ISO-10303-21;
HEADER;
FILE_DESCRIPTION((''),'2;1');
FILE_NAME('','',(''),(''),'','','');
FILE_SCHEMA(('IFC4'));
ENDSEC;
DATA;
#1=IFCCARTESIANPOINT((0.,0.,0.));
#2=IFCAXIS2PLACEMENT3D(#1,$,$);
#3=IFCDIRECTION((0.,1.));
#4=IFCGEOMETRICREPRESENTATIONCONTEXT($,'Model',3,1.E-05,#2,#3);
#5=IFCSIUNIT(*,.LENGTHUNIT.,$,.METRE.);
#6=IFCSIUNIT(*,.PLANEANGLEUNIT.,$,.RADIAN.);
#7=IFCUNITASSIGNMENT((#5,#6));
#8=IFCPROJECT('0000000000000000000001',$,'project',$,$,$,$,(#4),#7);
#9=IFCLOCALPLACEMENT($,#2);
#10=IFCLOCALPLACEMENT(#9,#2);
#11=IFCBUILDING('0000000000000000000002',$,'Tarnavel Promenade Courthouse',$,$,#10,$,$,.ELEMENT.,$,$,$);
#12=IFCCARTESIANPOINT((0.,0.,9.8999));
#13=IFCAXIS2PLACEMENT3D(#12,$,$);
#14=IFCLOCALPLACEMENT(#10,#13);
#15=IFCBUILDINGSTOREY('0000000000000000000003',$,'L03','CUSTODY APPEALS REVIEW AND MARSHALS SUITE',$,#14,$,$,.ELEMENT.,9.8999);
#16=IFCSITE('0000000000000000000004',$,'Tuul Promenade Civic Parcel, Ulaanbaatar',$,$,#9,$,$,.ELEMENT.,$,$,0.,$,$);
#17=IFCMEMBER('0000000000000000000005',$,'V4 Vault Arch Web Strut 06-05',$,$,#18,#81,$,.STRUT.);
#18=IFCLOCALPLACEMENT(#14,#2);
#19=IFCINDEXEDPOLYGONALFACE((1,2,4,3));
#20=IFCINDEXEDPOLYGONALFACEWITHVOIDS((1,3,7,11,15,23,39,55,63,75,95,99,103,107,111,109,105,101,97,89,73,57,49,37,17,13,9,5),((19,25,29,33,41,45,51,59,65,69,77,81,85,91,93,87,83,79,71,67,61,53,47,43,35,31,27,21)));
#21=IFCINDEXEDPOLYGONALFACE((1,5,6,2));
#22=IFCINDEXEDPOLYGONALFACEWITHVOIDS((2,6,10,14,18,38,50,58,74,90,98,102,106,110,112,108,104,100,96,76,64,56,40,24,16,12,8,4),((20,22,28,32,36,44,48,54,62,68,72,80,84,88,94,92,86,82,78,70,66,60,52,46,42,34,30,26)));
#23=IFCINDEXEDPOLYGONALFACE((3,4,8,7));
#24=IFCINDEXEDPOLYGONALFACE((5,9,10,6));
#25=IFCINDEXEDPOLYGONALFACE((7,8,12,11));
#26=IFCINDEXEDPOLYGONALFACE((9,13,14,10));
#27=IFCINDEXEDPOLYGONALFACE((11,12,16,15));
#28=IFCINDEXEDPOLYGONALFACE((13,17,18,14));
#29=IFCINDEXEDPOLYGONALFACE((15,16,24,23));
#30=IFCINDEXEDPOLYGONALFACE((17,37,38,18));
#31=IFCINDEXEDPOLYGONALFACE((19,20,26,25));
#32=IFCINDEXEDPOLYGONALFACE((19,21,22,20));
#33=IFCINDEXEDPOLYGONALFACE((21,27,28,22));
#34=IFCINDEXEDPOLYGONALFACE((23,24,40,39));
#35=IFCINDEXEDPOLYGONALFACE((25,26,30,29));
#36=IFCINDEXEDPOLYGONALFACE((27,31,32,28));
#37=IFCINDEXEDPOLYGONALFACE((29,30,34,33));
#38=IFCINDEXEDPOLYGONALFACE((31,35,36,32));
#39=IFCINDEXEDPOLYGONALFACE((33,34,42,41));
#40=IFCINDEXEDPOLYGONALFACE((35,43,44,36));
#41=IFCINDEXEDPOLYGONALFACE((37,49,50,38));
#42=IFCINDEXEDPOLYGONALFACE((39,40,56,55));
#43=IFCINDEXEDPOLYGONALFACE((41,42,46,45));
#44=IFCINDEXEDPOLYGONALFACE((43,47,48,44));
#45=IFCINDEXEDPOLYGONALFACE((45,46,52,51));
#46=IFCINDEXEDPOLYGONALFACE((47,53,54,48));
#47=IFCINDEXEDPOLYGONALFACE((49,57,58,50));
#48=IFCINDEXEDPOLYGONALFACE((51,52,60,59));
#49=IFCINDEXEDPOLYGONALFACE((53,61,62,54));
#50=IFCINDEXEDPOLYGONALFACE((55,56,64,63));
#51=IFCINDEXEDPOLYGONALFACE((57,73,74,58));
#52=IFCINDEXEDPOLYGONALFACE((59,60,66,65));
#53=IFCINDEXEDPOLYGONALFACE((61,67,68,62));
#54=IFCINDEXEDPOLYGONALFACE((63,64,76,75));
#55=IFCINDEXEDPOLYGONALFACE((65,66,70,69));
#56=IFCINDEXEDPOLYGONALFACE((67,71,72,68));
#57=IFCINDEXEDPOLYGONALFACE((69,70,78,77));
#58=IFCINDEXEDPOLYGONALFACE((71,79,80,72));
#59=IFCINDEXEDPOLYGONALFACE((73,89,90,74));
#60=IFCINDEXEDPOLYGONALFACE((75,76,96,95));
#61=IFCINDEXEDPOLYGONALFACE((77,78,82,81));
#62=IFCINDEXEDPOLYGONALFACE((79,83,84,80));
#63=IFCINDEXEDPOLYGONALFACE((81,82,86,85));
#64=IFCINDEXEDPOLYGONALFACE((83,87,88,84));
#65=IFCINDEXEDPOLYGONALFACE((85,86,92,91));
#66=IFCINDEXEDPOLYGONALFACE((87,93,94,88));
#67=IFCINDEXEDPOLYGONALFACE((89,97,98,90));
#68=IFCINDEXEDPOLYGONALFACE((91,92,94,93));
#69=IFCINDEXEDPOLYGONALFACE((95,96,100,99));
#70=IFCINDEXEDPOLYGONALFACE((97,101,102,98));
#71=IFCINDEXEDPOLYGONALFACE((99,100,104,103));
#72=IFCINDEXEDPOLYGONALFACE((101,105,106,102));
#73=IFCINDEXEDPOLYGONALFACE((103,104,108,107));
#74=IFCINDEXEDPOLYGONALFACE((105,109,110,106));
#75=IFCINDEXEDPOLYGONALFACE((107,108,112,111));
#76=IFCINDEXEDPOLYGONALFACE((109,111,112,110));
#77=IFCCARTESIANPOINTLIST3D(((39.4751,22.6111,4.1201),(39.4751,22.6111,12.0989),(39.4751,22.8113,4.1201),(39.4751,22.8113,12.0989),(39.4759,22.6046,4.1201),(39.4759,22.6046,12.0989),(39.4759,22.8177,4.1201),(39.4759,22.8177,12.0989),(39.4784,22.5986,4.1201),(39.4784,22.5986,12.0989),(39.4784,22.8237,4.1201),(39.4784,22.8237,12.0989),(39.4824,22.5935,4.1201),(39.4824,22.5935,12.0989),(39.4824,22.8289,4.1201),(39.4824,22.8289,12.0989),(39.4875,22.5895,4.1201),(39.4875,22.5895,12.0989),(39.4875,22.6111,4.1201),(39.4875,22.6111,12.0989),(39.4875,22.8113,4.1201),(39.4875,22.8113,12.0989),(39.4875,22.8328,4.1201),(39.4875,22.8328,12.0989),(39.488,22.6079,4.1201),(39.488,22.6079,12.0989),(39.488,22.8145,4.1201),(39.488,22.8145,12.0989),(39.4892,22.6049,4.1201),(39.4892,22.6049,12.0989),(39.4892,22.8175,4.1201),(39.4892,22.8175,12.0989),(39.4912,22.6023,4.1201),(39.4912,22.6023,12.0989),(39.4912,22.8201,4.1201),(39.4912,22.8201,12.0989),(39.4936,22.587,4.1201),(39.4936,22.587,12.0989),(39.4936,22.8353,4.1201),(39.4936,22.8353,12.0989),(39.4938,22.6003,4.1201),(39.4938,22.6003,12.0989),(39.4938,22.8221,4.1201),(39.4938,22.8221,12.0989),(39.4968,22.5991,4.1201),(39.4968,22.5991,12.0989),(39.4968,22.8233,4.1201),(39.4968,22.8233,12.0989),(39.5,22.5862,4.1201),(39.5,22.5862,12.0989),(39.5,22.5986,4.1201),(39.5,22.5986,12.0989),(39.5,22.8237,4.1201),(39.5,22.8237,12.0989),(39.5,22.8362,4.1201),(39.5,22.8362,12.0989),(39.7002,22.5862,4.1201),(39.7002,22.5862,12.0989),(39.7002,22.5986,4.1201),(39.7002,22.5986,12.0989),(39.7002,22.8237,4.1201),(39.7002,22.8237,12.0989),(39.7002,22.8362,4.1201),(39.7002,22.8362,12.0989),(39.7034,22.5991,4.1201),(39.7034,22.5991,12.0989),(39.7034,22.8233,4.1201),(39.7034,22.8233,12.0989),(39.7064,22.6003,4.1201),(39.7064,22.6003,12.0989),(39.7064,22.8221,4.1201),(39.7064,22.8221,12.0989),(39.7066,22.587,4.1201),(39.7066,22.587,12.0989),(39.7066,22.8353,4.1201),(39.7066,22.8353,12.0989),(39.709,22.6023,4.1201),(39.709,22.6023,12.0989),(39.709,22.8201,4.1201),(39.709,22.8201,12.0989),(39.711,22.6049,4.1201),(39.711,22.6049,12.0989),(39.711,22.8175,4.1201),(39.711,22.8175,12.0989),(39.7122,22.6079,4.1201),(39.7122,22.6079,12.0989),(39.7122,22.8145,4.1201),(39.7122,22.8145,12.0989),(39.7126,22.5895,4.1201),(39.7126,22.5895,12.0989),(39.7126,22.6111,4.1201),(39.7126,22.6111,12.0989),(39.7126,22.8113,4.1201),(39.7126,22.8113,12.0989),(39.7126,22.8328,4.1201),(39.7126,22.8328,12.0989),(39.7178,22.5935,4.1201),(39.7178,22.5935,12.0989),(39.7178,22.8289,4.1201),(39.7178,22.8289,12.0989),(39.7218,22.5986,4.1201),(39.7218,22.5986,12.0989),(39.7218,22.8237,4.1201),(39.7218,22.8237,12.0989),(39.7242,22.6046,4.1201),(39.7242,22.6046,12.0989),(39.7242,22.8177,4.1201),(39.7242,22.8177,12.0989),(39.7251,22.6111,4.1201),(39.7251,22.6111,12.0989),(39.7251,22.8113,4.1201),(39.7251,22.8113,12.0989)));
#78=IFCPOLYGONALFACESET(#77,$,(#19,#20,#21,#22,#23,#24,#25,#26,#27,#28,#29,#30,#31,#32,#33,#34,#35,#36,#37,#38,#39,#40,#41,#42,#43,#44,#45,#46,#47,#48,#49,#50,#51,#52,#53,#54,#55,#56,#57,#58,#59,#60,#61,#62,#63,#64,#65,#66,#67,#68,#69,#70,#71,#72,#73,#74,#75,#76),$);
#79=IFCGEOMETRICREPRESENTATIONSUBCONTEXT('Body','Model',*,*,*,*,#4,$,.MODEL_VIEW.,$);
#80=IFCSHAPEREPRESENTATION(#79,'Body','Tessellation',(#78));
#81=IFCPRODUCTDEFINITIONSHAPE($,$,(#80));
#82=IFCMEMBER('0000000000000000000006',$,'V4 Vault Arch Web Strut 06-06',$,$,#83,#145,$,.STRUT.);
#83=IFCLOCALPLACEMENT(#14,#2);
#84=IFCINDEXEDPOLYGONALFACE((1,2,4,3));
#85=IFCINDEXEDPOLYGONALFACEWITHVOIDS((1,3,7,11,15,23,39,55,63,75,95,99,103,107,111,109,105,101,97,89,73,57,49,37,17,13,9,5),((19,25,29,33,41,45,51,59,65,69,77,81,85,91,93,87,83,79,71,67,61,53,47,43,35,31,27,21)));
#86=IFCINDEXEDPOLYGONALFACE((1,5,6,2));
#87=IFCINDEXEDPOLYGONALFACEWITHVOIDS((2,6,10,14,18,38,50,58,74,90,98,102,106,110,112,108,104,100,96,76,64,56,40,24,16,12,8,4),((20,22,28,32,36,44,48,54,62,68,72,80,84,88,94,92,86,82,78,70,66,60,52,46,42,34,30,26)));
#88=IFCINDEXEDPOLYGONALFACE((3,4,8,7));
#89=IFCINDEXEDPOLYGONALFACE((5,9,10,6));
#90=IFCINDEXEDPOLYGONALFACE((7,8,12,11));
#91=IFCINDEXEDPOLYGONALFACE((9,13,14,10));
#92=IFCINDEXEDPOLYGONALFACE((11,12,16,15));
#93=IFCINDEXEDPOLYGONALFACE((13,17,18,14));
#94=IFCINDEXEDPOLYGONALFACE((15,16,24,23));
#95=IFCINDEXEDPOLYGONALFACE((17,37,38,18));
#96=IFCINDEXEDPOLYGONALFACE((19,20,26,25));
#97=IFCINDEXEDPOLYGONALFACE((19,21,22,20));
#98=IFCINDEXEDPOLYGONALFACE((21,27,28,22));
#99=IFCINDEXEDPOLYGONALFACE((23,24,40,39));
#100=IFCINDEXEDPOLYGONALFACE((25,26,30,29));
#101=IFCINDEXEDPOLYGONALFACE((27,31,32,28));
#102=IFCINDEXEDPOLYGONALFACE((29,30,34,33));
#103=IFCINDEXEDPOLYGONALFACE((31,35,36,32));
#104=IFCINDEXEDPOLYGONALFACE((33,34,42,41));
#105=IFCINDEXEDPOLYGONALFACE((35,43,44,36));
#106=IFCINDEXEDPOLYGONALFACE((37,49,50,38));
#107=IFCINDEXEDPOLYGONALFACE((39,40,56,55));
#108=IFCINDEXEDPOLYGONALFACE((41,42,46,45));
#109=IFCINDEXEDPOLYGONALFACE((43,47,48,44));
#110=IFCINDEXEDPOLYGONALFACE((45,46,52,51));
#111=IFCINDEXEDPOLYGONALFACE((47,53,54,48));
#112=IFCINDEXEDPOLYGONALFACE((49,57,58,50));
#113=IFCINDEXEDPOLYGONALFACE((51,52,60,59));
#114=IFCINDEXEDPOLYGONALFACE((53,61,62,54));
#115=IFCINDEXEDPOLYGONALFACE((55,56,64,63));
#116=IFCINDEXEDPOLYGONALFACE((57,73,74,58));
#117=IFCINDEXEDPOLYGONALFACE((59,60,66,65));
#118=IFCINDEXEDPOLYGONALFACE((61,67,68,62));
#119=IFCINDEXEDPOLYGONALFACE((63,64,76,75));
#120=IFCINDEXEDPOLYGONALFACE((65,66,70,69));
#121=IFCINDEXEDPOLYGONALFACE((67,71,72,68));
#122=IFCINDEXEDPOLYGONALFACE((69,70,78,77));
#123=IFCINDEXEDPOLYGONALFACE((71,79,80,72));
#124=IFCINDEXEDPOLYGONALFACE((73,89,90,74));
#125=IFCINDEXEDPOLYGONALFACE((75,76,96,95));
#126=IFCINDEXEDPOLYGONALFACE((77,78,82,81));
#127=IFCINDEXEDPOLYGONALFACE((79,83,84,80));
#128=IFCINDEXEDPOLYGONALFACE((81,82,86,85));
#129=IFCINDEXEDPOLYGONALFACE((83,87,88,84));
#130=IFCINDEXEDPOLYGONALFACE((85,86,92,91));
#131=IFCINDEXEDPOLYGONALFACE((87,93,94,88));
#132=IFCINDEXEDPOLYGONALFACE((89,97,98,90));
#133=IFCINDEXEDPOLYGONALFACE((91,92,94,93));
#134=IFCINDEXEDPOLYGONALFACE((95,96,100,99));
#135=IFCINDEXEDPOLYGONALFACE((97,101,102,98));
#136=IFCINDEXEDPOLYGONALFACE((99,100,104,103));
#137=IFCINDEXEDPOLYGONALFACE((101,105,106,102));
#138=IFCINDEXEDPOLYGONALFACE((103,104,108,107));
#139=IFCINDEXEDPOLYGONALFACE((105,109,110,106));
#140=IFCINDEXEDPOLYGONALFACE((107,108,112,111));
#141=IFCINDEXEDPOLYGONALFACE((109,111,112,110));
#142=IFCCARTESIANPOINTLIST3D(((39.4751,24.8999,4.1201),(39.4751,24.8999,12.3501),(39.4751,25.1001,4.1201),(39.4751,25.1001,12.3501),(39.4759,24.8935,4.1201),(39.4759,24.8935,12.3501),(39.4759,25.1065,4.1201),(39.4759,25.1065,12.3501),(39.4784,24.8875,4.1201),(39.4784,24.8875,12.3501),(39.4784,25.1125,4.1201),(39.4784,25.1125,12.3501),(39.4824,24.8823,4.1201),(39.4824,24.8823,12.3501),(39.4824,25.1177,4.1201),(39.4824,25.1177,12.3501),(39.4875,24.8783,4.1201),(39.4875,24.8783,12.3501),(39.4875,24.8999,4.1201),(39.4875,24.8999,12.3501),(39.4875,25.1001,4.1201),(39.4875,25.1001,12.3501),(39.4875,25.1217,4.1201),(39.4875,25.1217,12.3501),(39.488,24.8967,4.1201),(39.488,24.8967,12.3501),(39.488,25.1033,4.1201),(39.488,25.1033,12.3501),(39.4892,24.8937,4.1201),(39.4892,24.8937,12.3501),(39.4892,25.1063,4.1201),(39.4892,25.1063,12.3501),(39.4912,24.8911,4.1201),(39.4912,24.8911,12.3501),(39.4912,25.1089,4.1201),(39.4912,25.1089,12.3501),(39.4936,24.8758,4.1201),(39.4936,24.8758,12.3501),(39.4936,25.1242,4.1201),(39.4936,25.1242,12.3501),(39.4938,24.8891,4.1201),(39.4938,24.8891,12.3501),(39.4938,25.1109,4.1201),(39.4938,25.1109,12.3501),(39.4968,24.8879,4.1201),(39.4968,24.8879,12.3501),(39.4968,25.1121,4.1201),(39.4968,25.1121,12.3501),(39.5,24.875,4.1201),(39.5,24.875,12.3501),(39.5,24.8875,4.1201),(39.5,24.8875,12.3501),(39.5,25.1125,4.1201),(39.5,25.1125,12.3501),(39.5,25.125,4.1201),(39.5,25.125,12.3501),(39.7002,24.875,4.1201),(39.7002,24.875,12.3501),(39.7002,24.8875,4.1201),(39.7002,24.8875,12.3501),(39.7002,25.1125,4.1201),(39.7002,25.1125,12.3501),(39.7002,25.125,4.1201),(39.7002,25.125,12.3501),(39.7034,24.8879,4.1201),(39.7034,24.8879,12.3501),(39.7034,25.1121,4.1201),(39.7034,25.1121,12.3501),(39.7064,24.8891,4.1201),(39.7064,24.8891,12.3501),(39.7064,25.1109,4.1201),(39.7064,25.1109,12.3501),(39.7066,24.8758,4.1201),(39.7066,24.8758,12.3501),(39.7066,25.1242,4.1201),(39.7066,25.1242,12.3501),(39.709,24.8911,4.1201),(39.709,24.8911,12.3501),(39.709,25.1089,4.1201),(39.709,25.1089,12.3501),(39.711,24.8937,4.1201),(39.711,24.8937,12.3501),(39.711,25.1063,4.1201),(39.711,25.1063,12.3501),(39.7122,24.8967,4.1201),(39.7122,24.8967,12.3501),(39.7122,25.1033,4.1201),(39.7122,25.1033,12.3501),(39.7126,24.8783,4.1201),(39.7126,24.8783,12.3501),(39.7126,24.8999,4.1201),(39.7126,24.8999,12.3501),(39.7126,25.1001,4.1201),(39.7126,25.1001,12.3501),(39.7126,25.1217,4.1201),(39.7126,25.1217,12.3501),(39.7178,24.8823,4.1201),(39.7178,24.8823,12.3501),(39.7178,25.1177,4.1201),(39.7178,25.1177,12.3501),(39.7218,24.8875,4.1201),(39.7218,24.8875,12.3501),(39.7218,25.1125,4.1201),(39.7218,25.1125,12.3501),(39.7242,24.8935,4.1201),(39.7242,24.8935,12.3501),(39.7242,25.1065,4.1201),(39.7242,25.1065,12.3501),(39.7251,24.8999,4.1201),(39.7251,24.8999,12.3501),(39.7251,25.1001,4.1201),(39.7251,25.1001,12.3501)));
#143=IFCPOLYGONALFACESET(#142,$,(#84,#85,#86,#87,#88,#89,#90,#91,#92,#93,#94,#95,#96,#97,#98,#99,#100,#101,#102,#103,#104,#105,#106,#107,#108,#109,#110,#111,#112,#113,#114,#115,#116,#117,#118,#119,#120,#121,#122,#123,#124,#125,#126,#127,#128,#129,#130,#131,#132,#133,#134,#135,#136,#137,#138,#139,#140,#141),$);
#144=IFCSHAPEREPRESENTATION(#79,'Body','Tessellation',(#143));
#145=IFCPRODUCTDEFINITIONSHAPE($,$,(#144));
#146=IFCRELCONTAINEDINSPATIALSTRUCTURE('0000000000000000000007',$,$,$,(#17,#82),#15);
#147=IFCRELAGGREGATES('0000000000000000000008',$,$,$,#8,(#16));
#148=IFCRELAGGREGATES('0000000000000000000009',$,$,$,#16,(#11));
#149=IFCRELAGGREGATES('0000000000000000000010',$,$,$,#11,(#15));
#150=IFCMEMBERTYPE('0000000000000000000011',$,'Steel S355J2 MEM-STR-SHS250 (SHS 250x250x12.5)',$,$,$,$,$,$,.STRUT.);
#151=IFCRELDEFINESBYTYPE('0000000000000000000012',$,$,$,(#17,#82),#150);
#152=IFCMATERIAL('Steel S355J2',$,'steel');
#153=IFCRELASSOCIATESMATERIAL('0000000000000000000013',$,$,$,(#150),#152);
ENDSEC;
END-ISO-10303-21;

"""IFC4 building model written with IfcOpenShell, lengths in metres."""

from ifc_helpers import new_model, si_unit, direction, frame, origin, origin_2d, place, context, subcontext, project, spatial, hollow_rectangle, extrude, material, material_profile, profile_set, type_object, element, save


model = new_model("IFC4")

# Units and contexts
model_context = context("Model", 3, precision=1e-05, world=origin(), true_north=direction((0.0, 1.0)))
body_context = subcontext(model_context, "Body", "Model", "MODEL_VIEW")
ifc_project = project(units=[si_unit("LENGTHUNIT", "METRE"), si_unit("PLANEANGLEUNIT", "RADIAN")], contexts=[model_context])

# Site, building, storey
site_placement = place(None, origin())
site = spatial("IfcSite", under=ifc_project, at=site_placement, Name="Tuul Promenade Civic Parcel, Ulaanbaatar", CompositionType="ELEMENT", RefElevation=0.0)
building_placement = place(site_placement, origin())
building = spatial("IfcBuilding", under=site, at=building_placement, Name="Tarnavel Promenade Courthouse", CompositionType="ELEMENT")
storey_placement = place(building_placement, frame((0.0, 0.0, 9.8999)))
storey = spatial("IfcBuildingStorey", under=building, at=storey_placement, Name="L03", Description="CUSTODY APPEALS REVIEW AND MARSHALS SUITE", CompositionType="ELEMENT", Elevation=9.8999)

# Members
ifc_material_1 = material(Name="Steel S355J2", Category="steel")
ifc_material_profile = material_profile(ifc_material_1, hollow_rectangle(XDim=0.25, YDim=0.25, WallThickness=0.0125, InnerFilletRadius=0.0125, OuterFilletRadius=0.0249, at=origin_2d()), Name="SHS 250x250x12.5")
ifc_profile_set = profile_set([ifc_material_profile], Name="Steel S355J2")
member_type = type_object("IfcMemberType", Name="Steel S355J2 MEM-STR-SHS250 (SHS 250x250x12.5)", PredefinedType="STRUT", material=ifc_profile_set)
member_1_placement = place(storey_placement, frame((39.6001, 22.7112, 4.1201), z_axis=(0.0, 0.0, 1.0), x_axis=(1.0, 0.0, 0.0)))
element("IfcMember", 1, at=member_1_placement, inside=storey, type_object=member_type, Name="V4 Vault Arch Web Strut 06-05", PredefinedType="STRUT", context=body_context, shape_type="SweptSolid", body=[
    extrude(hollow_rectangle(XDim=0.25, YDim=0.25, WallThickness=0.0125, InnerFilletRadius=0.0125, OuterFilletRadius=0.0249, at=origin_2d()), origin(), (0.0, 0.0, 1.0), 7.9788),
])
member_2_placement = place(storey_placement, frame((39.6001, 25.0, 4.1201), z_axis=(0.0, 0.0, 1.0), x_axis=(1.0, 0.0, 0.0)))
element("IfcMember", 2, at=member_2_placement, inside=storey, type_object=member_type, Name="V4 Vault Arch Web Strut 06-06", PredefinedType="STRUT", context=body_context, shape_type="SweptSolid", body=[
    extrude(hollow_rectangle(XDim=0.25, YDim=0.25, WallThickness=0.0125, InnerFilletRadius=0.0125, OuterFilletRadius=0.0249, at=origin_2d()), origin(), (0.0, 0.0, 1.0), 8.23),
])

save(model, "model.ifc")
